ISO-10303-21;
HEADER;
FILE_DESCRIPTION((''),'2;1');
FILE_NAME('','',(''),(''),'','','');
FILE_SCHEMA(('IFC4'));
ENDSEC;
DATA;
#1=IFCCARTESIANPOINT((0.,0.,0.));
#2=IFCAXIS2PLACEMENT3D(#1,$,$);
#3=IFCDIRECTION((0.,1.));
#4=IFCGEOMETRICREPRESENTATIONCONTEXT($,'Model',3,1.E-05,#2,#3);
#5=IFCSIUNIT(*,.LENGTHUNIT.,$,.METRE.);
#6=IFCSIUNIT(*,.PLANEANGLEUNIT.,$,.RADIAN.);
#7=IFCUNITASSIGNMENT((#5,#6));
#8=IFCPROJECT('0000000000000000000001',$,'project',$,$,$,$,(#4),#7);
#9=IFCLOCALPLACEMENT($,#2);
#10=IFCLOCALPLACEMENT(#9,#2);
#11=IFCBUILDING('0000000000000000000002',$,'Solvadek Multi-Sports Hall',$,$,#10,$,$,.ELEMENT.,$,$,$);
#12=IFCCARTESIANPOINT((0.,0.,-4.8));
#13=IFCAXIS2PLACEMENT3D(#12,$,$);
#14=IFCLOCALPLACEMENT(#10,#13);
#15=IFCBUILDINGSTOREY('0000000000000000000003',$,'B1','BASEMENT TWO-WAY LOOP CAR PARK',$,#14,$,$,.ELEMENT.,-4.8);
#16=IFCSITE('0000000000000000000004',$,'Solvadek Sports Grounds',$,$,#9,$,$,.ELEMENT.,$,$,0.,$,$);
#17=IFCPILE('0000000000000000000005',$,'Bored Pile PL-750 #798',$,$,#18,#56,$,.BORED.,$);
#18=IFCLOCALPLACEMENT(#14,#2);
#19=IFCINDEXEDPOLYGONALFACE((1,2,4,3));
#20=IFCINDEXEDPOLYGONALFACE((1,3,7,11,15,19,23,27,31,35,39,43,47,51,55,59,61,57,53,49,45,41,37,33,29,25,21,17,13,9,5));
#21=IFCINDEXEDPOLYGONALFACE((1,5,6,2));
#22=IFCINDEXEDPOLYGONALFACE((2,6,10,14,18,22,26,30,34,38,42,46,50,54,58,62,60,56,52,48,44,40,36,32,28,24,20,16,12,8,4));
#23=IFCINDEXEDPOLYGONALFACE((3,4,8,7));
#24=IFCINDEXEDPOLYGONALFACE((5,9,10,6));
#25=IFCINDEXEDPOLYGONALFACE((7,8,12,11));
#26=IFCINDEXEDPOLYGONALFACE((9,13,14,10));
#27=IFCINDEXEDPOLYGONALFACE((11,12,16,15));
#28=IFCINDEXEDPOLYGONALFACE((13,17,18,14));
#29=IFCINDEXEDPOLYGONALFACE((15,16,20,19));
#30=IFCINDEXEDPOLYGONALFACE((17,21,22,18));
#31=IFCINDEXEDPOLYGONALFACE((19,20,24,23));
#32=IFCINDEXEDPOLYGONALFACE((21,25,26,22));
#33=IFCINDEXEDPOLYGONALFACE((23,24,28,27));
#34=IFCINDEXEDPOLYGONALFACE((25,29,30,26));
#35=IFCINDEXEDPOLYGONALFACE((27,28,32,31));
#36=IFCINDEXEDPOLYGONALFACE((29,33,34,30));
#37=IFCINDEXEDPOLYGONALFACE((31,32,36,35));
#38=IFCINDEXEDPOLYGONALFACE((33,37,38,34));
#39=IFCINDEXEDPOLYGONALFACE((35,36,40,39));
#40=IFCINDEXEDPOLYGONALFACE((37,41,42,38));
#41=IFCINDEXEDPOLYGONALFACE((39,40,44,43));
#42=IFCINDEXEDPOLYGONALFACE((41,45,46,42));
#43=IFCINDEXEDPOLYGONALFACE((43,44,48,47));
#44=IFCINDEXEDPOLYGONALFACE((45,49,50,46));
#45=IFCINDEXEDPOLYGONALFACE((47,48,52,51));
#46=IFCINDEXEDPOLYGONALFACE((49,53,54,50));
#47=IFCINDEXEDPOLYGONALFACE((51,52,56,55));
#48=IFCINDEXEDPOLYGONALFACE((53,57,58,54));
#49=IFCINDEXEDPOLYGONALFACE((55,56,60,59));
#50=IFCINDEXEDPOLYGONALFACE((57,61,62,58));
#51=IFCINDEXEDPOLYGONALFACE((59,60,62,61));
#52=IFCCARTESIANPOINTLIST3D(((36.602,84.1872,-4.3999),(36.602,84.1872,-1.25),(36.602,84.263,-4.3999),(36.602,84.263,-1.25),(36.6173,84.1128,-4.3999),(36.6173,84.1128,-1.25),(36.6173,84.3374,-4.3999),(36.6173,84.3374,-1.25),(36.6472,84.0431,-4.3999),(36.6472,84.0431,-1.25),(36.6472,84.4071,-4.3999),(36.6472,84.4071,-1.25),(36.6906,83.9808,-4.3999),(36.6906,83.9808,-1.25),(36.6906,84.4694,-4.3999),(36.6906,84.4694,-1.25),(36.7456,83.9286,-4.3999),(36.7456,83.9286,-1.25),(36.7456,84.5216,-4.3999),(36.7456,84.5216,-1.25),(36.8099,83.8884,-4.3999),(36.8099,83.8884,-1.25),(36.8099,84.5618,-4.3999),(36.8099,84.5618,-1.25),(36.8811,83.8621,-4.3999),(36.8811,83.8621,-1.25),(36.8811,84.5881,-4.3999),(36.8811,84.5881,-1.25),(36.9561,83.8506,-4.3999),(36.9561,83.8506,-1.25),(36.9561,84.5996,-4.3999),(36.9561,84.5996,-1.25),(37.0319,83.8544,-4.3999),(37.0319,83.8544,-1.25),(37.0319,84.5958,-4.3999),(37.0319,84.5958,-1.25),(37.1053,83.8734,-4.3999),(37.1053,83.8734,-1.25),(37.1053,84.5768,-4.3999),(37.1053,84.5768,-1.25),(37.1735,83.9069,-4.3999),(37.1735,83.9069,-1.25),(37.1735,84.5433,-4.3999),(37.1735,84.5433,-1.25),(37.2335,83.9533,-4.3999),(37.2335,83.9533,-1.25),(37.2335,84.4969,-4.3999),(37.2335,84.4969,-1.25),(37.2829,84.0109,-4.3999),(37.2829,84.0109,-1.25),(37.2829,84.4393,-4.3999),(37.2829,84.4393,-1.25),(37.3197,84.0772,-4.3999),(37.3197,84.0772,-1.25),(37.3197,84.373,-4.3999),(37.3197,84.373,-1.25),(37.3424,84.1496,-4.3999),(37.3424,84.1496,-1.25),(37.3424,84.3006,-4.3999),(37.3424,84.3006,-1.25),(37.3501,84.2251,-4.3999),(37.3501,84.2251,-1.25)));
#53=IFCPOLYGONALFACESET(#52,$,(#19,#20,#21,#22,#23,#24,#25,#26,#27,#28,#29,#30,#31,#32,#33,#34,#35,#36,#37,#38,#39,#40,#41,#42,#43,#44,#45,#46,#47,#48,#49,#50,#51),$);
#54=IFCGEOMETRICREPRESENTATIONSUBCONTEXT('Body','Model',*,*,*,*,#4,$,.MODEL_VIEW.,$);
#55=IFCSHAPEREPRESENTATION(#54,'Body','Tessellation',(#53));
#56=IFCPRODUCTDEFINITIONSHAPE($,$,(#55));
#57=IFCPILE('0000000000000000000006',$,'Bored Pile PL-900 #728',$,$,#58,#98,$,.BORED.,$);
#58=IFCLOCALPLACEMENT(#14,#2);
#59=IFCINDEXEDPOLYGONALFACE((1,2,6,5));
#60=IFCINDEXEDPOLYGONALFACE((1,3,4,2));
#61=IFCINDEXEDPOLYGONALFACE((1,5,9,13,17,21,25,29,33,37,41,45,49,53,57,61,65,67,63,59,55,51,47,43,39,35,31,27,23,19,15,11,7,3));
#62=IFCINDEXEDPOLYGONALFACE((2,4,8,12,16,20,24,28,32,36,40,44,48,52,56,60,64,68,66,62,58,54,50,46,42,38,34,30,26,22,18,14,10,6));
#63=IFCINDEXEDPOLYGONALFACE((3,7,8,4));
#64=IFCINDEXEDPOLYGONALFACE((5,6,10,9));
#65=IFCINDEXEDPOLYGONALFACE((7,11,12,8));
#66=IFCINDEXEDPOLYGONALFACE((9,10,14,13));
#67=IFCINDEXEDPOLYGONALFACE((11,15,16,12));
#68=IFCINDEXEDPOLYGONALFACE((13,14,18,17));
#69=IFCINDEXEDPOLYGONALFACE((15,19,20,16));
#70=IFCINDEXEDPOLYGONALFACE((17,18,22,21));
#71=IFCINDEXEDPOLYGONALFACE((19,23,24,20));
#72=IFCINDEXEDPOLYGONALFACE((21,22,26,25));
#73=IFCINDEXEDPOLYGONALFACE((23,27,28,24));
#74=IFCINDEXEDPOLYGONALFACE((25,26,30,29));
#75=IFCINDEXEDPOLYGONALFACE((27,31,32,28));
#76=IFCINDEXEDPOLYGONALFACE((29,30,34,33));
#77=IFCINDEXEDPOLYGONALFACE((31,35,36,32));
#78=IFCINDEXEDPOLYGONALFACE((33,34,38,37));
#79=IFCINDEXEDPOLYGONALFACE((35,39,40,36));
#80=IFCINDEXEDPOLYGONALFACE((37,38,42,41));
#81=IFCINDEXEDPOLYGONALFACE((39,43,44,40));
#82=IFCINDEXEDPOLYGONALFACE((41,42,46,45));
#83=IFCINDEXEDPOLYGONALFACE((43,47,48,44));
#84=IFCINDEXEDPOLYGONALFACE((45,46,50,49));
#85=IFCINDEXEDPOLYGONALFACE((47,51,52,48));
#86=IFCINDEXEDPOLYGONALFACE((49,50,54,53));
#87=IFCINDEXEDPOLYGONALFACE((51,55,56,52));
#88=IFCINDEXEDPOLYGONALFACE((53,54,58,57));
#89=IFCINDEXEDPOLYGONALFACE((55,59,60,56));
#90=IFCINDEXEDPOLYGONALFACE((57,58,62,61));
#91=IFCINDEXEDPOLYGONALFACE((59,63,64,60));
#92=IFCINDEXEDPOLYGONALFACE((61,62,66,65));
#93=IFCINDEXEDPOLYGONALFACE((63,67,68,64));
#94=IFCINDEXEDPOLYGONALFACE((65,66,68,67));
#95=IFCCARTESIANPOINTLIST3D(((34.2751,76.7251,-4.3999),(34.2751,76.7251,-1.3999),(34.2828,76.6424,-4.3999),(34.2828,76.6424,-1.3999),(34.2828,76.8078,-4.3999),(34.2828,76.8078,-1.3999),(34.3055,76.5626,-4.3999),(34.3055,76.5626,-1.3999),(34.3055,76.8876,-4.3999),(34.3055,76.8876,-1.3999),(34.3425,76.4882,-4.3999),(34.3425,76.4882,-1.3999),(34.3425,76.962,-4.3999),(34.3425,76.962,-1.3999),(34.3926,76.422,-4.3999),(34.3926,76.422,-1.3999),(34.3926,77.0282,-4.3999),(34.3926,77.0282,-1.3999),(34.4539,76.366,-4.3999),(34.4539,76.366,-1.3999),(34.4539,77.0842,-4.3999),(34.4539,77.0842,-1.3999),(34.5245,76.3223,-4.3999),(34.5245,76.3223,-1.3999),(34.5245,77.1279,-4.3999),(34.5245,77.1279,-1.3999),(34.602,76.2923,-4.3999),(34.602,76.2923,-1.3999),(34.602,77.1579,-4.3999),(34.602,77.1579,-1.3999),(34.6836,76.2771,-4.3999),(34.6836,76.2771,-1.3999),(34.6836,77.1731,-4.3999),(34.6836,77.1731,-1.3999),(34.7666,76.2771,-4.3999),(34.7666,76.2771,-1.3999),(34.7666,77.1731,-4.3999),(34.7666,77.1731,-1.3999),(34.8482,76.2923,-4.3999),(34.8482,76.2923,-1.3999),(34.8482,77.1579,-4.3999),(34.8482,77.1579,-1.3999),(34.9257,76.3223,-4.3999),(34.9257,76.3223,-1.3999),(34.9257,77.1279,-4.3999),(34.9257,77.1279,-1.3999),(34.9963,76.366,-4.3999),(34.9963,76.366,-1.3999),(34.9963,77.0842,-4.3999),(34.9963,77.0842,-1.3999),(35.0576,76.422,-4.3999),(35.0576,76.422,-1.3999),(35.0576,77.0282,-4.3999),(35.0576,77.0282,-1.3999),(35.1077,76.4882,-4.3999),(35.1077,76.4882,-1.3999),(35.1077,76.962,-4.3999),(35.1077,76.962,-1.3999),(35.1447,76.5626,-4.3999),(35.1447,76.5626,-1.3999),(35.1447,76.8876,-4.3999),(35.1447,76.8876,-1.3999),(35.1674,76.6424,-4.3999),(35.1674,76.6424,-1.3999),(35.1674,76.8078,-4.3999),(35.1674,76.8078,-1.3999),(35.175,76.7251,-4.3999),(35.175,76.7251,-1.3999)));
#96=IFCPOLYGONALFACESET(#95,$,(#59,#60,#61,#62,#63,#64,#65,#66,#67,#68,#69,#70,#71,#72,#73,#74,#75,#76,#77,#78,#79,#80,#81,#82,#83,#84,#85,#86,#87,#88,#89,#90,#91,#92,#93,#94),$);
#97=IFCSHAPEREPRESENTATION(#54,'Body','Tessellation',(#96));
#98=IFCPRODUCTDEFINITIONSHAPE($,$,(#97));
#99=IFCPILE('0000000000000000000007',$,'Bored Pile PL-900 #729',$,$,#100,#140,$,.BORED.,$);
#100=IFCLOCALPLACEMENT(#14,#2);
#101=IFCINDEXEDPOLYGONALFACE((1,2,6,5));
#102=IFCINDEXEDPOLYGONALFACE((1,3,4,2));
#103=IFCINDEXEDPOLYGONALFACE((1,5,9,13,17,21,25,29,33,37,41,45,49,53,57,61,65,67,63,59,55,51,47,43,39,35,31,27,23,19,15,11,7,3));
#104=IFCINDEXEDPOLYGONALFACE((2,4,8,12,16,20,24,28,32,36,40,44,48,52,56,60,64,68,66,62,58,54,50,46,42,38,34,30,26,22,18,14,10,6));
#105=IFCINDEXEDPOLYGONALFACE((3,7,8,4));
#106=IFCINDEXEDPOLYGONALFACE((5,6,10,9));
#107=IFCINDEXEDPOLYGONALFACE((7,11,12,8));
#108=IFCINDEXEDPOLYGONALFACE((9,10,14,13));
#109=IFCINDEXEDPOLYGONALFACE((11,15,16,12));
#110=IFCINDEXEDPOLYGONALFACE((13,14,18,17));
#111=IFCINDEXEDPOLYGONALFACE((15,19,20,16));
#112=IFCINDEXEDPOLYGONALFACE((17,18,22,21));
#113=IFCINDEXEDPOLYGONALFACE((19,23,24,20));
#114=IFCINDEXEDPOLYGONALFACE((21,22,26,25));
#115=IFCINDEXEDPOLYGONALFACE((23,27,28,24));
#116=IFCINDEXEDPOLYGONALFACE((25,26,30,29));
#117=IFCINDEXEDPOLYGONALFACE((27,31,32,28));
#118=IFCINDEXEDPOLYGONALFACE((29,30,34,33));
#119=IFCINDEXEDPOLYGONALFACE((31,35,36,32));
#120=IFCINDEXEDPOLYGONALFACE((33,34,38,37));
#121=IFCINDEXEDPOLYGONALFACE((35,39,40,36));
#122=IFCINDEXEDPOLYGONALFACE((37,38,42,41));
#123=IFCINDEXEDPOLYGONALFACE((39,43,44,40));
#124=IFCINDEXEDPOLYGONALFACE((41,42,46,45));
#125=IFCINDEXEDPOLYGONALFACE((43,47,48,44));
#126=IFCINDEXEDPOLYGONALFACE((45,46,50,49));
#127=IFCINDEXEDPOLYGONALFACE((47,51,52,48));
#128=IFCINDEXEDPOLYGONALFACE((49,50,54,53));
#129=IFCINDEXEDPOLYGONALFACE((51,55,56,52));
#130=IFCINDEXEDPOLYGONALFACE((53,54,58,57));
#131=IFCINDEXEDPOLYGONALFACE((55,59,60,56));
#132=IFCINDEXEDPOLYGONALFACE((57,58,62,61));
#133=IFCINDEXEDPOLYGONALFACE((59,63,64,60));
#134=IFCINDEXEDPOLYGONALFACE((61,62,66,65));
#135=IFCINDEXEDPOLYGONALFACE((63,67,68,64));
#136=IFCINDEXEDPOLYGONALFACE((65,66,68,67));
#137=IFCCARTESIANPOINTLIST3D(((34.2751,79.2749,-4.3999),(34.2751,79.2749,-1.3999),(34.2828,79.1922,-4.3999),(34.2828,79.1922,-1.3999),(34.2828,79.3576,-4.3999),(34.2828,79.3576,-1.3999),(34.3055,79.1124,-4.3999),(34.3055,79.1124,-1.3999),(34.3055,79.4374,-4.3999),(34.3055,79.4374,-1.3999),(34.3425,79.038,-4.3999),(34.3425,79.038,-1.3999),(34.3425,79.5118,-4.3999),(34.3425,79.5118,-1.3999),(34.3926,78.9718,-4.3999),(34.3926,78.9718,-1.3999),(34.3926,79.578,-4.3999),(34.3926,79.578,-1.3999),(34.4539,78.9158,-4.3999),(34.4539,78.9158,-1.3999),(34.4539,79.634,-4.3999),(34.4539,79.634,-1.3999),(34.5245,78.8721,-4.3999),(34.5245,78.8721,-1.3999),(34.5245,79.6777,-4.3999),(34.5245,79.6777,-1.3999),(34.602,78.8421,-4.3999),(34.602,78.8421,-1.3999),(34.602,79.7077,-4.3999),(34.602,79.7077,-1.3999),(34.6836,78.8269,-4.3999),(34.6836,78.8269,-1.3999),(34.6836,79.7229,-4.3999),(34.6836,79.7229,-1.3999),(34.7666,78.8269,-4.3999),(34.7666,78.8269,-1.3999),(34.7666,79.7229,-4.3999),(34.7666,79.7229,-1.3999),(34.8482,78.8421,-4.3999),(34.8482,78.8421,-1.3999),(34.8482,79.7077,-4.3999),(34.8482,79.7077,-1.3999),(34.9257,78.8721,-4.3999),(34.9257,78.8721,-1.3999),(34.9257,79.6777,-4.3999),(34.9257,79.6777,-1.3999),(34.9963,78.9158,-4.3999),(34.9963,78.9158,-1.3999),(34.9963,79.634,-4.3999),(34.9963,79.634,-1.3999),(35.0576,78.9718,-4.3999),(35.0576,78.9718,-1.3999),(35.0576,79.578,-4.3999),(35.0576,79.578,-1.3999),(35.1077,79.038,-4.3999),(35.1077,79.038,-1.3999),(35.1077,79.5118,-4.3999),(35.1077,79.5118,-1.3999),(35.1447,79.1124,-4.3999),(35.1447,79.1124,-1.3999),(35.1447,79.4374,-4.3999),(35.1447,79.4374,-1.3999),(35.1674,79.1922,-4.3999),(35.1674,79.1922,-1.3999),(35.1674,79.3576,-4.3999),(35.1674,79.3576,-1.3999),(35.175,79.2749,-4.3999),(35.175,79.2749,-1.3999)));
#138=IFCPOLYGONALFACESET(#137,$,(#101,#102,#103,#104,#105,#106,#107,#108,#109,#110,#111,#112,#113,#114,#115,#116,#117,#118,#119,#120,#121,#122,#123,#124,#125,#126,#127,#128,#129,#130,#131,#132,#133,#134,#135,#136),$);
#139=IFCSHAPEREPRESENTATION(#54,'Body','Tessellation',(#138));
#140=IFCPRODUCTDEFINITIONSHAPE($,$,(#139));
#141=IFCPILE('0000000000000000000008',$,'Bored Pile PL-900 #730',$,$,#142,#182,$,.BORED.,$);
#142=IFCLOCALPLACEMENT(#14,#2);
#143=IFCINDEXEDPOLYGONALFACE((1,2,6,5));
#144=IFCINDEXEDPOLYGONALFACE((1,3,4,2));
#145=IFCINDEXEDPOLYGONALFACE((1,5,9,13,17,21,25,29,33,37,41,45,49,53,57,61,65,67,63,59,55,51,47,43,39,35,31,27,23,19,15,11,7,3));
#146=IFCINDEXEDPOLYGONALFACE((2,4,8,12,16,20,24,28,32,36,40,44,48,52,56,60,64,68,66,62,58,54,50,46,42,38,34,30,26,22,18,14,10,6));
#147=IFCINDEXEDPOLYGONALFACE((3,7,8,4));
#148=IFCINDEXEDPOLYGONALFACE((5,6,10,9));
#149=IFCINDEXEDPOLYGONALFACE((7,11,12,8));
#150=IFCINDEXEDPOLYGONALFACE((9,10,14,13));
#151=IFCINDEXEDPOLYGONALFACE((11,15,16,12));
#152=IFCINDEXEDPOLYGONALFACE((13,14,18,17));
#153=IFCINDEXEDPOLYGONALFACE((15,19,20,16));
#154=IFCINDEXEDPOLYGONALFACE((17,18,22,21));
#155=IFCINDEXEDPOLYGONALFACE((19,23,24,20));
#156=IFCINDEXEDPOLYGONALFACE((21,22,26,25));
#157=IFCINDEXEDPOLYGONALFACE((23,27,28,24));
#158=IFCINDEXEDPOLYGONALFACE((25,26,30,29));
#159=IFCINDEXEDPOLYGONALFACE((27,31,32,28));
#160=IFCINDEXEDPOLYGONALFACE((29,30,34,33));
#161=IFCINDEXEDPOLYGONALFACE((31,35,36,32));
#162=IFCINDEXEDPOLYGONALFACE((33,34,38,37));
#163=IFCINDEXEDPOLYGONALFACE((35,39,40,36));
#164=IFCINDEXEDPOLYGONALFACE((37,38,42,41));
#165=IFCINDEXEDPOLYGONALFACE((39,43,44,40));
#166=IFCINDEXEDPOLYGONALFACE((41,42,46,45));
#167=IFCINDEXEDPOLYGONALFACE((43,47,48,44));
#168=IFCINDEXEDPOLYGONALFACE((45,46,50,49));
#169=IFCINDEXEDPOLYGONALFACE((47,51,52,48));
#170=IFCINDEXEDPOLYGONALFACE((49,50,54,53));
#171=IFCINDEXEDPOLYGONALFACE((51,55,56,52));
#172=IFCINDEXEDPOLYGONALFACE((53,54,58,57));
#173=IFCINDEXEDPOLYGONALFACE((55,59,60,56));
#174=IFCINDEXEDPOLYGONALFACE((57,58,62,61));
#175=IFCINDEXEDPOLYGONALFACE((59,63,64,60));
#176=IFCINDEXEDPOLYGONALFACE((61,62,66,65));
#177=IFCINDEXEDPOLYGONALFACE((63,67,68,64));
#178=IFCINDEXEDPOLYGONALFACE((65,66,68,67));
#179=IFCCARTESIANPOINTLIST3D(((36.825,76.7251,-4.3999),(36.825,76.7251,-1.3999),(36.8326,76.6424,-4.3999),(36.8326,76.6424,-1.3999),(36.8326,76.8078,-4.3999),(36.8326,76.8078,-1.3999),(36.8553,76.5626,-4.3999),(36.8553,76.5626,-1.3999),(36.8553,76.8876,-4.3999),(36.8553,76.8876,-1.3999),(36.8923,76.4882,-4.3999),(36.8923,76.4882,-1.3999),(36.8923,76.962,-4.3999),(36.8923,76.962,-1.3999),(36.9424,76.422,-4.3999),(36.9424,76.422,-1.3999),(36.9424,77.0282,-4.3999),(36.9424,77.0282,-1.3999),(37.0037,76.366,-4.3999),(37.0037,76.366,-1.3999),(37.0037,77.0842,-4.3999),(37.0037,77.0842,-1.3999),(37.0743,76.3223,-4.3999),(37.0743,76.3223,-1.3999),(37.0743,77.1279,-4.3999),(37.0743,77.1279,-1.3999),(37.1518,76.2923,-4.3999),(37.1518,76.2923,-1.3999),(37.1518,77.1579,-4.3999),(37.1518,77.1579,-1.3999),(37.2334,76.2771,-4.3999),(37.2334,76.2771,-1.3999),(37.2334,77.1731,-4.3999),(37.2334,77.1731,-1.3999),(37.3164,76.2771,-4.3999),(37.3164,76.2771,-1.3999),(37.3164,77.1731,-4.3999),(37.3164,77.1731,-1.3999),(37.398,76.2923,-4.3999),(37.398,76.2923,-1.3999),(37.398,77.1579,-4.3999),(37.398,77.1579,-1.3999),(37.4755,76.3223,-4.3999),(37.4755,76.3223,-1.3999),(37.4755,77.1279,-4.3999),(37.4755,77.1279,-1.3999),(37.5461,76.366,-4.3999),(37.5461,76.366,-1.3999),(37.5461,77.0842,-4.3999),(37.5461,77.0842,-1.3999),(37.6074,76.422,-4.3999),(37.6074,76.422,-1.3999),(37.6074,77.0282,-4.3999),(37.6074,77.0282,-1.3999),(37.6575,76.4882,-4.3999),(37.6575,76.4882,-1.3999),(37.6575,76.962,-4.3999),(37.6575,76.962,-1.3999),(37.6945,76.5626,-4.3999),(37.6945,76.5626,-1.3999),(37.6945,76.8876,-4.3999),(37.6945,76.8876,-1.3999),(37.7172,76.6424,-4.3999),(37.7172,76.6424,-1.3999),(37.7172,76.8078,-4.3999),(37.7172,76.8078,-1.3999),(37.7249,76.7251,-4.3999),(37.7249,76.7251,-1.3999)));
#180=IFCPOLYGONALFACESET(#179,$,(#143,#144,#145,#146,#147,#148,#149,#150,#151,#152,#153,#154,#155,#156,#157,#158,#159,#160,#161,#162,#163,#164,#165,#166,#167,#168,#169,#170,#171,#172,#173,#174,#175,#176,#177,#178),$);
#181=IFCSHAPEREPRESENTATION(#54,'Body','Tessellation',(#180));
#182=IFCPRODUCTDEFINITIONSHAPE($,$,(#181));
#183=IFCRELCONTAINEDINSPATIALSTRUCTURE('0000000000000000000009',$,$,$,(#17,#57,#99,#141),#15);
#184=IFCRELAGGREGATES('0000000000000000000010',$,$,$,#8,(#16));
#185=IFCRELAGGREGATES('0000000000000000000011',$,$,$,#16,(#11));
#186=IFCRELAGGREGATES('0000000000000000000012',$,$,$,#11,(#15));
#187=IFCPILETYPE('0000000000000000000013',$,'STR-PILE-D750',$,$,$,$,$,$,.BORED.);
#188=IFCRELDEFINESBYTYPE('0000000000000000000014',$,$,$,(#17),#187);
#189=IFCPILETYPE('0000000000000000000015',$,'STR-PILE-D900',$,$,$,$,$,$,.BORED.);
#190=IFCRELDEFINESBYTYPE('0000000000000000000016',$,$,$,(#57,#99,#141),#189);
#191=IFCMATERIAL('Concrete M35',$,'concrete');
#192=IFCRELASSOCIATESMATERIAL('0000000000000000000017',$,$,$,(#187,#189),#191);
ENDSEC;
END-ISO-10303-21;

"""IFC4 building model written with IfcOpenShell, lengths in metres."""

from ifc_helpers import new_model, si_unit, direction, frame, origin, origin_2d, place, context, subcontext, project, spatial, circle, extrude, material, material_profile, profile_set, type_object, element, save


model = new_model("IFC4")

# Units and contexts
model_context = context("Model", 3, precision=1e-05, world=origin(), true_north=direction((0.0, 1.0)))
body_context = subcontext(model_context, "Body", "Model", "MODEL_VIEW")
ifc_project = project(units=[si_unit("LENGTHUNIT", "METRE"), si_unit("PLANEANGLEUNIT", "RADIAN")], contexts=[model_context])

# Site, building, storey
site_placement = place(None, origin())
site = spatial("IfcSite", under=ifc_project, at=site_placement, Name="Solvadek Sports Grounds", CompositionType="ELEMENT", RefElevation=0.0)
building_placement = place(site_placement, origin())
building = spatial("IfcBuilding", under=site, at=building_placement, Name="Solvadek Multi-Sports Hall", CompositionType="ELEMENT")
storey_placement = place(building_placement, frame((0.0, 0.0, -4.8)))
storey = spatial("IfcBuildingStorey", under=building, at=storey_placement, Name="B1", Description="BASEMENT TWO-WAY LOOP CAR PARK", CompositionType="ELEMENT", Elevation=-4.8)

# Piles
ifc_material_1 = material(Name="Concrete M35", Category="concrete")
ifc_material_profile_1 = material_profile(ifc_material_1, circle(Radius=0.375, at=origin_2d()), Name="BORED PILE D750")
ifc_profile_set_1 = profile_set([ifc_material_profile_1], Name="Concrete M35")
pile_type_1 = type_object("IfcPileType", Name="STR-PILE-D750", PredefinedType="BORED", material=ifc_profile_set_1)
for number, where, z_axis, x_axis, name in (
    (1, (36.9751, 84.2251, -1.25), (0.0, 0.0, -1.0), (1.0, 0.0, 0.0), "Bored Pile PL-750 #798"),
):
    element("IfcPile", number, at=place(storey_placement, frame(where, z_axis=z_axis, x_axis=x_axis)), inside=storey, type_object=pile_type_1, Name=name, PredefinedType="BORED", context=body_context, shape_type="SweptSolid", body=[
        extrude(circle(Radius=0.375, at=origin_2d()), origin(), (0.0, 0.0, 1.0), 3.1499),
    ])
ifc_material_profile_2 = material_profile(ifc_material_1, circle(Radius=0.45, at=origin_2d()), Name="BORED PILE D900")
ifc_profile_set_2 = profile_set([ifc_material_profile_2], Name="Concrete M35")
pile_type_2 = type_object("IfcPileType", Name="STR-PILE-D900", PredefinedType="BORED", material=ifc_profile_set_2)
for number, where, z_axis, x_axis, name in (
    (2, (34.7251, 76.7251, -1.3999), (0.0, 0.0, -1.0), (1.0, 0.0, 0.0), "Bored Pile PL-900 #728"),
    (3, (34.7251, 79.2749, -1.3999), (0.0, 0.0, -1.0), (1.0, 0.0, 0.0), "Bored Pile PL-900 #729"),
    (4, (37.2749, 76.7251, -1.3999), (0.0, 0.0, -1.0), (1.0, 0.0, 0.0), "Bored Pile PL-900 #730"),
):
    element("IfcPile", number, at=place(storey_placement, frame(where, z_axis=z_axis, x_axis=x_axis)), inside=storey, type_object=pile_type_2, Name=name, PredefinedType="BORED", context=body_context, shape_type="SweptSolid", body=[
        extrude(circle(Radius=0.45, at=origin_2d()), origin(), (0.0, 0.0, 1.0), 3.0),
    ])

save(model, "model.ifc")
